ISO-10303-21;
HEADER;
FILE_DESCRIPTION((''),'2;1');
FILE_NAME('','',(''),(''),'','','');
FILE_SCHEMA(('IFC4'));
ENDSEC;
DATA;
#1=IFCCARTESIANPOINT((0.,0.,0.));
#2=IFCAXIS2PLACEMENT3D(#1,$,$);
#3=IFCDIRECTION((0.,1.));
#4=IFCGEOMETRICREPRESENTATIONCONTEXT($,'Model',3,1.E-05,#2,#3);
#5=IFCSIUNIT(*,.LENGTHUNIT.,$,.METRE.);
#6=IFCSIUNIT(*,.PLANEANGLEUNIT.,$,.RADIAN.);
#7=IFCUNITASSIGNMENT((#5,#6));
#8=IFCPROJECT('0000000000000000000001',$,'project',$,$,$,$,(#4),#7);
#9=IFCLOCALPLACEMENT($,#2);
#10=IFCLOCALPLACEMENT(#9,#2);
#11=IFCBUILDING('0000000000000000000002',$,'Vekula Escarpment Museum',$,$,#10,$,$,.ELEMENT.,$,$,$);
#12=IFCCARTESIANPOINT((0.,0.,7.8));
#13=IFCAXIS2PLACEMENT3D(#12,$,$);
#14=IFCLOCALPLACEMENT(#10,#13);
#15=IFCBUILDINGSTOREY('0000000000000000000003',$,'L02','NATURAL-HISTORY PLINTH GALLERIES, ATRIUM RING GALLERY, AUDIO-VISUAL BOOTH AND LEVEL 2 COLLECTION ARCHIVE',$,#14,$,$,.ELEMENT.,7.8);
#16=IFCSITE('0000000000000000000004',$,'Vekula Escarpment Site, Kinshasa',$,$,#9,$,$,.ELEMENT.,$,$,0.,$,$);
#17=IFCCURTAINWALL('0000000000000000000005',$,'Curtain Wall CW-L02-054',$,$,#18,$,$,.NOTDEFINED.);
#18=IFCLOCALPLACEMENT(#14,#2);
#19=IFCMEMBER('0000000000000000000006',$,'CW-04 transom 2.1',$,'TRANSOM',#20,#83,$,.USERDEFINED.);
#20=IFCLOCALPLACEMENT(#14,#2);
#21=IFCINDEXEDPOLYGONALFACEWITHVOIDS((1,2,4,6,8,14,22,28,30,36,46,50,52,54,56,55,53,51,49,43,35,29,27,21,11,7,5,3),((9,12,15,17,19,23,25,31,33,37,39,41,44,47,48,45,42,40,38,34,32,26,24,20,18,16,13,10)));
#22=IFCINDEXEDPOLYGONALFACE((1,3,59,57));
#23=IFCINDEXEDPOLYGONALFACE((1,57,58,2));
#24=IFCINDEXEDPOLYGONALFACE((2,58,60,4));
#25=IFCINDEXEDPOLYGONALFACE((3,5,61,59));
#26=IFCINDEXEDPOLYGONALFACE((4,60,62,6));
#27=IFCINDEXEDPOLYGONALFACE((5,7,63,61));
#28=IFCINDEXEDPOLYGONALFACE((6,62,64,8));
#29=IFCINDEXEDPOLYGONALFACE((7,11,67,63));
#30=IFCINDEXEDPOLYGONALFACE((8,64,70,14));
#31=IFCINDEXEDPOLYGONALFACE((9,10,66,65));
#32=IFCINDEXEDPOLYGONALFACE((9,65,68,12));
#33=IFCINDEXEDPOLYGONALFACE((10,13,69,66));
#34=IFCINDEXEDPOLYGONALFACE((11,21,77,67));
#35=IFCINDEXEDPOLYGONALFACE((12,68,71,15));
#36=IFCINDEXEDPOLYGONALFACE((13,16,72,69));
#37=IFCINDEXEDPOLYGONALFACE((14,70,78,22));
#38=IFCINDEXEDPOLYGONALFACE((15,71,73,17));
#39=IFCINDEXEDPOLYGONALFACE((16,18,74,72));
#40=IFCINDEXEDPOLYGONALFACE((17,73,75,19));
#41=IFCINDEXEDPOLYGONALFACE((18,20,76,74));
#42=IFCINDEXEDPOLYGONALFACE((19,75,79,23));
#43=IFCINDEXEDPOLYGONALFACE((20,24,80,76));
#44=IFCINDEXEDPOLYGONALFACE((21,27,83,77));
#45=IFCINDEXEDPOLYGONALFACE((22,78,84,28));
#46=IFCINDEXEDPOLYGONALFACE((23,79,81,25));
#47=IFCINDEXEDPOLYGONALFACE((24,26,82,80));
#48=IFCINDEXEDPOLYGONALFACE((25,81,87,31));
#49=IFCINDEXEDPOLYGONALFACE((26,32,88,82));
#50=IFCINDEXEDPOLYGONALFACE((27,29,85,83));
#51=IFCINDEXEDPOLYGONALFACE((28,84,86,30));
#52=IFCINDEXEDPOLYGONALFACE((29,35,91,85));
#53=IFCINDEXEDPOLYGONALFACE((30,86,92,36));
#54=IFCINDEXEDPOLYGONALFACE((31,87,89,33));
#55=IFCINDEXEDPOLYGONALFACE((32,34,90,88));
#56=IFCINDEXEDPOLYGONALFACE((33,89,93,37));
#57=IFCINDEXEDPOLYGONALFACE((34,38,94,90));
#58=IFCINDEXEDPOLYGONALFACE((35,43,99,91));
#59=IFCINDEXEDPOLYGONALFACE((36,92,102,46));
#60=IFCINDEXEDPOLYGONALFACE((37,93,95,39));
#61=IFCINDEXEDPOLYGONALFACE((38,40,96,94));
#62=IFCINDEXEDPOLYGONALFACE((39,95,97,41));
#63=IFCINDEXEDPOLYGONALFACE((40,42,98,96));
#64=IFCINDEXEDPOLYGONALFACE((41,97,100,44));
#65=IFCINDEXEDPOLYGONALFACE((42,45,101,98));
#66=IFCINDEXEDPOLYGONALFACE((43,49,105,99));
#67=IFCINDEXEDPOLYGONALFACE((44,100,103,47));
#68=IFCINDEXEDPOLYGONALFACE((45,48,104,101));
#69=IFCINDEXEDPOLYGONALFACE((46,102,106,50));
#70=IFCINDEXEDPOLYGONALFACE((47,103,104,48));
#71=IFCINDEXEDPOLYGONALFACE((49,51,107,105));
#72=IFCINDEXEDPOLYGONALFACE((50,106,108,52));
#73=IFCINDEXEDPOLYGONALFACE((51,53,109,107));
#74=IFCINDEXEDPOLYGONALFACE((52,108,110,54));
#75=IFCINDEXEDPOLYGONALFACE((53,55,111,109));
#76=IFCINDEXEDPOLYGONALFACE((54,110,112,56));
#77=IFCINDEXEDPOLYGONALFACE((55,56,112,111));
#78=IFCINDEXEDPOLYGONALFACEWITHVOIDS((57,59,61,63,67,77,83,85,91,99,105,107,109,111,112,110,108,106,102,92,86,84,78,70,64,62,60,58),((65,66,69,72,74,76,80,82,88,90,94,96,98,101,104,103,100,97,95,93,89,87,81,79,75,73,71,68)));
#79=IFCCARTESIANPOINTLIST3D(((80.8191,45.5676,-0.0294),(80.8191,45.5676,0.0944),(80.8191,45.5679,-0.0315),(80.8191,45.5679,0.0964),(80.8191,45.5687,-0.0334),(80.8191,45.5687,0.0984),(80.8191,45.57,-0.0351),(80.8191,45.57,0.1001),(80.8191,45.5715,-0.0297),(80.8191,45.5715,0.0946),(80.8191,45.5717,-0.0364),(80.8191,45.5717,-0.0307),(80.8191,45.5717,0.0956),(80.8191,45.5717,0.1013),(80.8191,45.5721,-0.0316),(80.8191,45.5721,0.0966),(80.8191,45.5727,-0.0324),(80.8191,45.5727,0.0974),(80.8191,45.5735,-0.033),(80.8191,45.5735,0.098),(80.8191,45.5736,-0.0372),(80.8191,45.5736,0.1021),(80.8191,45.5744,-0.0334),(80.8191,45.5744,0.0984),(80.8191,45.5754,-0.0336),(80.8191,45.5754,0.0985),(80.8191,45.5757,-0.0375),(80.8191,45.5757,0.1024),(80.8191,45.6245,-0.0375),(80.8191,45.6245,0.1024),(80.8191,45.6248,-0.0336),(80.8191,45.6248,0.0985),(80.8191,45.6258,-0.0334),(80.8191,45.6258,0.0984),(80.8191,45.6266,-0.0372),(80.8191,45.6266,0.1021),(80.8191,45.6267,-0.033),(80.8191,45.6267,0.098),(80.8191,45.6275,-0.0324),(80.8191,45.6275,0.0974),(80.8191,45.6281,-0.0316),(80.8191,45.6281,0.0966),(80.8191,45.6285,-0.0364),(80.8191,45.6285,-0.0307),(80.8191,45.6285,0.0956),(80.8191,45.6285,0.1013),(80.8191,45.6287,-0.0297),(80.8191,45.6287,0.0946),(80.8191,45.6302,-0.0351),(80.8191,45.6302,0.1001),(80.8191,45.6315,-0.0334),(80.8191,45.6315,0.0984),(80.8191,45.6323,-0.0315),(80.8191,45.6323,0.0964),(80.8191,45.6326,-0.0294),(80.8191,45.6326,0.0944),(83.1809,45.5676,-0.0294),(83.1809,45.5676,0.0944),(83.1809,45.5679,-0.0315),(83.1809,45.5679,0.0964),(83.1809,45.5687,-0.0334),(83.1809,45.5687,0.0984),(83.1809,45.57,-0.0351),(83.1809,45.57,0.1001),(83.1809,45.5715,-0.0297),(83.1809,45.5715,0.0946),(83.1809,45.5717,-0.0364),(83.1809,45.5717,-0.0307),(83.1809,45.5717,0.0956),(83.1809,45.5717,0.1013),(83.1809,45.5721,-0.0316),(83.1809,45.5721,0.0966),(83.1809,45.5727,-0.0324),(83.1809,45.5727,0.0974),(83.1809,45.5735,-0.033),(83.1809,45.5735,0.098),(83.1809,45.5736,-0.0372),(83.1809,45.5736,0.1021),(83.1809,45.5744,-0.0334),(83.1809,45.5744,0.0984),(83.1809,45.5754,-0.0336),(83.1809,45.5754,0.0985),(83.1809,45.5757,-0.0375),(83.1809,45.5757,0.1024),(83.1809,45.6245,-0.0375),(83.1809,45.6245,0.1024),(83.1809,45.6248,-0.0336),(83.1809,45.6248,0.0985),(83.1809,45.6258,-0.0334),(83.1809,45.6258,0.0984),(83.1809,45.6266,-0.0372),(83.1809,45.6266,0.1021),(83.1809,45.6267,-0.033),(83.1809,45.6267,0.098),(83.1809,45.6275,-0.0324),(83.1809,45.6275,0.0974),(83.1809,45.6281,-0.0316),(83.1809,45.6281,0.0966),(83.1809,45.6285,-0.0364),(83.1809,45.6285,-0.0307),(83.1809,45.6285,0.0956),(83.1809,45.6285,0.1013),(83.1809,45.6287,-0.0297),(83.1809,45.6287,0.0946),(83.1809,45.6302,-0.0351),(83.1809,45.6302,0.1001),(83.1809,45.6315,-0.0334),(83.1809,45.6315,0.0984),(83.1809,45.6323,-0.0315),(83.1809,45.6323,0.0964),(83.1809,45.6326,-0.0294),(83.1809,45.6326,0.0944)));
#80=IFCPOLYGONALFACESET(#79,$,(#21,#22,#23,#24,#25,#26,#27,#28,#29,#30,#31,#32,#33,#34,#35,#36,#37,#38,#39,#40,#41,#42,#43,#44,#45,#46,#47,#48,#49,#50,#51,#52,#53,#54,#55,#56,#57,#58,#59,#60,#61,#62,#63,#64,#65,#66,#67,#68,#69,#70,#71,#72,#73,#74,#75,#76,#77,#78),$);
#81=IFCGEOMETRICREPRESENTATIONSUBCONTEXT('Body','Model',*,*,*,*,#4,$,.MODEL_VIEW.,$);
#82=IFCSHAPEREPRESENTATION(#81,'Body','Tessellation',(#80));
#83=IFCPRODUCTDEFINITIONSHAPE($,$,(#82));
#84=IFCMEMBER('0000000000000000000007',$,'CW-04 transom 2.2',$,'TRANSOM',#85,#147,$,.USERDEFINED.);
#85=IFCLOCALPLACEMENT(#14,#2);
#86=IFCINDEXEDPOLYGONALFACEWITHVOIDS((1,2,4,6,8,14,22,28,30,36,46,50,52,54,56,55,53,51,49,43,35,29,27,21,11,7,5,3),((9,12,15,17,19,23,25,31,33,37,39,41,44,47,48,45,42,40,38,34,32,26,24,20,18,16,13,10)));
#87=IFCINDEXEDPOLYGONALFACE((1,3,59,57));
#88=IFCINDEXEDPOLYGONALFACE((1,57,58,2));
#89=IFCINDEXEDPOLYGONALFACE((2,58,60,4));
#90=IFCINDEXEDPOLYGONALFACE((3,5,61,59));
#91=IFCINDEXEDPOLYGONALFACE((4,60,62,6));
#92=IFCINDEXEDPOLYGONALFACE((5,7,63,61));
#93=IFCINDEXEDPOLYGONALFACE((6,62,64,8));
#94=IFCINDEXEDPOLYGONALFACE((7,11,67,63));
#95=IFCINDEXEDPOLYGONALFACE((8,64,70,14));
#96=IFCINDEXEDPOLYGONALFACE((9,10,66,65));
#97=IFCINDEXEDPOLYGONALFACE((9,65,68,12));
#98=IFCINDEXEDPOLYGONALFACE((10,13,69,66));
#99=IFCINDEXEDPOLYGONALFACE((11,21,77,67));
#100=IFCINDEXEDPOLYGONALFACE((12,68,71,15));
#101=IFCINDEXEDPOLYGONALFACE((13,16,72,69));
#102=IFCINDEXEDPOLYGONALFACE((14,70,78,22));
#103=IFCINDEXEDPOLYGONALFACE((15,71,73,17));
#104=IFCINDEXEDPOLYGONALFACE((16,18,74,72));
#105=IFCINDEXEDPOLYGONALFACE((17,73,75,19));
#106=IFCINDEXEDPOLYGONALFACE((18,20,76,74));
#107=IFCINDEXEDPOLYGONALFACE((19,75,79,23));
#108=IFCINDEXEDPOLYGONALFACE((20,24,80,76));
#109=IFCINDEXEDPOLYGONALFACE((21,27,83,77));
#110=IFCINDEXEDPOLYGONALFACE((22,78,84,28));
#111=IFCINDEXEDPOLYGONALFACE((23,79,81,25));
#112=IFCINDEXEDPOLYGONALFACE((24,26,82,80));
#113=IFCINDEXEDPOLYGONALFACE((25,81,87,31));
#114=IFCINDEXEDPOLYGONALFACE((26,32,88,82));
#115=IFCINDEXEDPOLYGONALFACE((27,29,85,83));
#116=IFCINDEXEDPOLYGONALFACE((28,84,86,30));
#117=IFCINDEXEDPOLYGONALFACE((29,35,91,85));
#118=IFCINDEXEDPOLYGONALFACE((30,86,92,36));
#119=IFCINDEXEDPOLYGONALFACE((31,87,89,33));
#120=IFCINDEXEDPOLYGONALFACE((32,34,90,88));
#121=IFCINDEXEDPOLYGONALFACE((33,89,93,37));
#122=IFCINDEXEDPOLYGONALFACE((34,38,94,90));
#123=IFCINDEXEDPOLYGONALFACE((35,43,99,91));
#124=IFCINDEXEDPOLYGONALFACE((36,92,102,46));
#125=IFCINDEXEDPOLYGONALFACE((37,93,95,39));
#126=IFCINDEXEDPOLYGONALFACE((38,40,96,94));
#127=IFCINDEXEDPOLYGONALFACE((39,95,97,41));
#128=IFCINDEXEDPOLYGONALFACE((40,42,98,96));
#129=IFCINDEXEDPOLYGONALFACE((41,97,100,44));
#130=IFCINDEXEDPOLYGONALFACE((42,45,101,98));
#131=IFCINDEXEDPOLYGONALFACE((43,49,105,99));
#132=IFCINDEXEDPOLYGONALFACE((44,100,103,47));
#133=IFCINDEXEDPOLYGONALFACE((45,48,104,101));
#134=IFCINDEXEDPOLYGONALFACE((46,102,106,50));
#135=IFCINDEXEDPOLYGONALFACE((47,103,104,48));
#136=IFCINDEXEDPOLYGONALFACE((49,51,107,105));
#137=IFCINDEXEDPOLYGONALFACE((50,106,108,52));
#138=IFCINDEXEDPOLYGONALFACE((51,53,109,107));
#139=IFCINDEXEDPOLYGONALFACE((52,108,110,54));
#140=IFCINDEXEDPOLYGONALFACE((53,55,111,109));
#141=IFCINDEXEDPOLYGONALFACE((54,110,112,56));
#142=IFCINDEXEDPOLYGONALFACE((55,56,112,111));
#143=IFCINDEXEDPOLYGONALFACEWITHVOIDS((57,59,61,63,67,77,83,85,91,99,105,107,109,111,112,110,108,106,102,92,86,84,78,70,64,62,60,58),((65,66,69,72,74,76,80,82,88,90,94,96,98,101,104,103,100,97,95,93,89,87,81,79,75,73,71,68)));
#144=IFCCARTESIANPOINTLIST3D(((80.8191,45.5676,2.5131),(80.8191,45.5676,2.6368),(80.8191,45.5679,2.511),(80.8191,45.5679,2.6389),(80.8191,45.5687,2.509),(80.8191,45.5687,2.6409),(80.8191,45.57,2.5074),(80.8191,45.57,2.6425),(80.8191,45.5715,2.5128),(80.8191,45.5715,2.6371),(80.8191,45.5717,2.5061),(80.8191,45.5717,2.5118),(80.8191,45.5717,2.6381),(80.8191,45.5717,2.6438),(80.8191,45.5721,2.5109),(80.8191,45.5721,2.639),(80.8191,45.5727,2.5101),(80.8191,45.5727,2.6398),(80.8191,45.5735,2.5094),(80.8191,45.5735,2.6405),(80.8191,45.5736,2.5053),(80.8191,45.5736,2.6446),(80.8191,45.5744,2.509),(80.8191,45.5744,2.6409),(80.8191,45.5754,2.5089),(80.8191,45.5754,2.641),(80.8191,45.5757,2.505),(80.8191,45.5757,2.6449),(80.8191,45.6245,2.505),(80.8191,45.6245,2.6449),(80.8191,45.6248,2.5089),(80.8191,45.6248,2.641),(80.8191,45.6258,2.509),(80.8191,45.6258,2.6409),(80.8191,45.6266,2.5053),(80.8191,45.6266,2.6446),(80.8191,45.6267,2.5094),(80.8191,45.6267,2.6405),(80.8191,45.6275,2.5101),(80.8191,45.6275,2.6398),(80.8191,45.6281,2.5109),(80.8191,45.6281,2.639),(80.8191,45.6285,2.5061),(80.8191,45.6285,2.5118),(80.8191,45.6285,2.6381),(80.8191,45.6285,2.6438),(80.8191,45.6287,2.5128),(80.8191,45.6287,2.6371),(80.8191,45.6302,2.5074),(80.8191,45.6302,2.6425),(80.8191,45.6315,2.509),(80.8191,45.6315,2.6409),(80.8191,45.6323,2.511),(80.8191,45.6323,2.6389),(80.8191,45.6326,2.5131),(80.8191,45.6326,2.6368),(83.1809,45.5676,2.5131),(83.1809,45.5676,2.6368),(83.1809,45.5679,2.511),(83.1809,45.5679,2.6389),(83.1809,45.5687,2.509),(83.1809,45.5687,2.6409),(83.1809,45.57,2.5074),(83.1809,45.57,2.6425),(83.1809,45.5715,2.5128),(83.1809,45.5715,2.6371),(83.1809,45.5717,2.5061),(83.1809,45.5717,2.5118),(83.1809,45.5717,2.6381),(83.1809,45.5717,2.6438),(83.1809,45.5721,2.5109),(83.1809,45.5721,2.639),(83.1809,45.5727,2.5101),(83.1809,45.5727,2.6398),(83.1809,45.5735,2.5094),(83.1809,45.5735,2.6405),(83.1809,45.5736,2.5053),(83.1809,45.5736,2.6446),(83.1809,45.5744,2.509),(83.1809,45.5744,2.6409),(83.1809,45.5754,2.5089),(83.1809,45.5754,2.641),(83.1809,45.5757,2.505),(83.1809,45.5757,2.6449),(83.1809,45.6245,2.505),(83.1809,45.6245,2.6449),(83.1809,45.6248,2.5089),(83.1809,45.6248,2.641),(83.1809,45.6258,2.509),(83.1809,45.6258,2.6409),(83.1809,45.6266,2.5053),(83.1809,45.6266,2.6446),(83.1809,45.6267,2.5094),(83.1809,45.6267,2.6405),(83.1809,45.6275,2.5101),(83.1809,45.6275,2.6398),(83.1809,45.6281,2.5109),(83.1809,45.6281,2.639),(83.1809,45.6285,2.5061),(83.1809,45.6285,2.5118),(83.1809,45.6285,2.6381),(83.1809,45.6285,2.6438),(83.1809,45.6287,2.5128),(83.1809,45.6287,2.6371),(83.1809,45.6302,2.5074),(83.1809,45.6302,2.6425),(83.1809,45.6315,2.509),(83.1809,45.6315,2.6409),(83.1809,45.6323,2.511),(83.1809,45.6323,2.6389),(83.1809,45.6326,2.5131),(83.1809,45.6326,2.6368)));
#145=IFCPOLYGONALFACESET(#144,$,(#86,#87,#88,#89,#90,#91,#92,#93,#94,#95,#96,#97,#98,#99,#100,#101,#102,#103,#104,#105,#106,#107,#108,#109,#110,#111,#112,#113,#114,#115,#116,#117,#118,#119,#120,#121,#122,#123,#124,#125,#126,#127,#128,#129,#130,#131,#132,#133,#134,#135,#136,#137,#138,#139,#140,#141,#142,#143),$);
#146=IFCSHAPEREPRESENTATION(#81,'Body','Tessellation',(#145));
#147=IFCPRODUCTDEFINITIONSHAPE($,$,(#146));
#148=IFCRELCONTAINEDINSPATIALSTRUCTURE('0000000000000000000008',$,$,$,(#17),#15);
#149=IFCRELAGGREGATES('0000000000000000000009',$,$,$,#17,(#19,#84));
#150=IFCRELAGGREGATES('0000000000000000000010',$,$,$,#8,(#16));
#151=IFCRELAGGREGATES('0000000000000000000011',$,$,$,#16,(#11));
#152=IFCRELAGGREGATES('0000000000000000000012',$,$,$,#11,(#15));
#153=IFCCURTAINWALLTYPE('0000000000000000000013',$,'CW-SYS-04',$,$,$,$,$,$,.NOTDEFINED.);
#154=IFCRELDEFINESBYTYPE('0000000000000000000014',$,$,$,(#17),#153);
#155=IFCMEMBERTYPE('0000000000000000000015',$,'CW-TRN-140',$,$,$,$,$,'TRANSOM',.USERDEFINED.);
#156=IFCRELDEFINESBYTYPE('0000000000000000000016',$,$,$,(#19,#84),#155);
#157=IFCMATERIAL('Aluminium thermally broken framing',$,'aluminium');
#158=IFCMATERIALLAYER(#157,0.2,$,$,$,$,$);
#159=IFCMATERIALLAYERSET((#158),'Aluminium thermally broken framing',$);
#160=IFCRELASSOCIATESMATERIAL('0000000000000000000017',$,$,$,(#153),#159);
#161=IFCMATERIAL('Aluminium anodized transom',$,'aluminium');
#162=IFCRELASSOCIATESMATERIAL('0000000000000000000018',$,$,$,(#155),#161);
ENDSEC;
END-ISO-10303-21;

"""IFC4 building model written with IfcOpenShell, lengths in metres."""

from ifc_helpers import new_model, si_unit, direction, frame, origin, origin_2d, place, context, subcontext, project, spatial, hollow_rectangle, extrude, material, layer, layer_set, material_profile, profile_set, type_object, element, aggregate, save


model = new_model("IFC4")

# Units and contexts
model_context = context("Model", 3, precision=1e-05, world=origin(), true_north=direction((0.0, 1.0)))
body_context = subcontext(model_context, "Body", "Model", "MODEL_VIEW")
ifc_project = project(units=[si_unit("LENGTHUNIT", "METRE"), si_unit("PLANEANGLEUNIT", "RADIAN")], contexts=[model_context])

# Site, building, storey
site_placement = place(None, origin())
site = spatial("IfcSite", under=ifc_project, at=site_placement, Name="Vekula Escarpment Site, Kinshasa", CompositionType="ELEMENT", RefElevation=0.0)
building_placement = place(site_placement, origin())
building = spatial("IfcBuilding", under=site, at=building_placement, Name="Vekula Escarpment Museum", CompositionType="ELEMENT")
storey_placement = place(building_placement, frame((0.0, 0.0, 7.8)))
storey = spatial("IfcBuildingStorey", under=building, at=storey_placement, Name="L02", Description="NATURAL-HISTORY PLINTH GALLERIES, ATRIUM RING GALLERY, AUDIO-VISUAL BOOTH AND LEVEL 2 COLLECTION ARCHIVE", CompositionType="ELEMENT", Elevation=7.8)

# Curtain wall
ifc_material_1 = material(Name="Aluminium thermally broken framing", Category="aluminium")
ifc_layer_1 = layer(ifc_material_1, 0.2)
ifc_layer_set_1 = layer_set([ifc_layer_1], Name="Aluminium thermally broken framing")
curtain_wall_type_1 = type_object("IfcCurtainWallType", Name="CW-SYS-04", PredefinedType="NOTDEFINED", material=ifc_layer_set_1)
curtain_wall_1_placement = place(storey_placement, origin())
curtain_wall_1 = element("IfcCurtainWall", 1, at=curtain_wall_1_placement, inside=storey, type_object=curtain_wall_type_1, Name="Curtain Wall CW-L02-054", PredefinedType="NOTDEFINED")

# Members
ifc_material_2 = material(Name="Aluminium anodized transom", Category="aluminium")
ifc_material_profile_1 = material_profile(ifc_material_2, hollow_rectangle(XDim=0.0649, YDim=0.1399, WallThickness=0.0039, InnerFilletRadius=0.0039, OuterFilletRadius=0.0081, at=origin_2d()), Name="ALU 140x65x4")
ifc_profile_set_1 = profile_set([ifc_material_profile_1], Name="Aluminium anodized transom")
member_type_1 = type_object("IfcMemberType", Name="CW-TRN-140", ElementType="TRANSOM", PredefinedType="USERDEFINED", material=ifc_profile_set_1)
member_1_placement = place(storey_placement, frame((80.8191, 45.6001, 0.0325), z_axis=(1.0, 0.0, 0.0), x_axis=(0.0, 1.0, 0.0)))
member_1 = element("IfcMember", 2, at=member_1_placement, type_object=member_type_1, Name="CW-04 transom 2.1", ObjectType="TRANSOM", PredefinedType="USERDEFINED", context=body_context, shape_type="SweptSolid", body=[
    extrude(hollow_rectangle(XDim=0.0649, YDim=0.1399, WallThickness=0.0039, InnerFilletRadius=0.0039, OuterFilletRadius=0.0081, at=origin_2d()), origin(), (0.0, 0.0, 1.0), 2.3618),
])
member_2_placement = place(storey_placement, frame((80.8191, 45.6001, 2.575), z_axis=(1.0, 0.0, 0.0), x_axis=(0.0, 1.0, 0.0)))
member_2 = element("IfcMember", 3, at=member_2_placement, type_object=member_type_1, Name="CW-04 transom 2.2", ObjectType="TRANSOM", PredefinedType="USERDEFINED", context=body_context, shape_type="SweptSolid", body=[
    extrude(hollow_rectangle(XDim=0.0649, YDim=0.1399, WallThickness=0.0039, InnerFilletRadius=0.0039, OuterFilletRadius=0.0081, at=origin_2d()), origin(), (0.0, 0.0, 1.0), 2.3618),
])

aggregate(curtain_wall_1, [member_1, member_2])

save(model, "model.ifc")
